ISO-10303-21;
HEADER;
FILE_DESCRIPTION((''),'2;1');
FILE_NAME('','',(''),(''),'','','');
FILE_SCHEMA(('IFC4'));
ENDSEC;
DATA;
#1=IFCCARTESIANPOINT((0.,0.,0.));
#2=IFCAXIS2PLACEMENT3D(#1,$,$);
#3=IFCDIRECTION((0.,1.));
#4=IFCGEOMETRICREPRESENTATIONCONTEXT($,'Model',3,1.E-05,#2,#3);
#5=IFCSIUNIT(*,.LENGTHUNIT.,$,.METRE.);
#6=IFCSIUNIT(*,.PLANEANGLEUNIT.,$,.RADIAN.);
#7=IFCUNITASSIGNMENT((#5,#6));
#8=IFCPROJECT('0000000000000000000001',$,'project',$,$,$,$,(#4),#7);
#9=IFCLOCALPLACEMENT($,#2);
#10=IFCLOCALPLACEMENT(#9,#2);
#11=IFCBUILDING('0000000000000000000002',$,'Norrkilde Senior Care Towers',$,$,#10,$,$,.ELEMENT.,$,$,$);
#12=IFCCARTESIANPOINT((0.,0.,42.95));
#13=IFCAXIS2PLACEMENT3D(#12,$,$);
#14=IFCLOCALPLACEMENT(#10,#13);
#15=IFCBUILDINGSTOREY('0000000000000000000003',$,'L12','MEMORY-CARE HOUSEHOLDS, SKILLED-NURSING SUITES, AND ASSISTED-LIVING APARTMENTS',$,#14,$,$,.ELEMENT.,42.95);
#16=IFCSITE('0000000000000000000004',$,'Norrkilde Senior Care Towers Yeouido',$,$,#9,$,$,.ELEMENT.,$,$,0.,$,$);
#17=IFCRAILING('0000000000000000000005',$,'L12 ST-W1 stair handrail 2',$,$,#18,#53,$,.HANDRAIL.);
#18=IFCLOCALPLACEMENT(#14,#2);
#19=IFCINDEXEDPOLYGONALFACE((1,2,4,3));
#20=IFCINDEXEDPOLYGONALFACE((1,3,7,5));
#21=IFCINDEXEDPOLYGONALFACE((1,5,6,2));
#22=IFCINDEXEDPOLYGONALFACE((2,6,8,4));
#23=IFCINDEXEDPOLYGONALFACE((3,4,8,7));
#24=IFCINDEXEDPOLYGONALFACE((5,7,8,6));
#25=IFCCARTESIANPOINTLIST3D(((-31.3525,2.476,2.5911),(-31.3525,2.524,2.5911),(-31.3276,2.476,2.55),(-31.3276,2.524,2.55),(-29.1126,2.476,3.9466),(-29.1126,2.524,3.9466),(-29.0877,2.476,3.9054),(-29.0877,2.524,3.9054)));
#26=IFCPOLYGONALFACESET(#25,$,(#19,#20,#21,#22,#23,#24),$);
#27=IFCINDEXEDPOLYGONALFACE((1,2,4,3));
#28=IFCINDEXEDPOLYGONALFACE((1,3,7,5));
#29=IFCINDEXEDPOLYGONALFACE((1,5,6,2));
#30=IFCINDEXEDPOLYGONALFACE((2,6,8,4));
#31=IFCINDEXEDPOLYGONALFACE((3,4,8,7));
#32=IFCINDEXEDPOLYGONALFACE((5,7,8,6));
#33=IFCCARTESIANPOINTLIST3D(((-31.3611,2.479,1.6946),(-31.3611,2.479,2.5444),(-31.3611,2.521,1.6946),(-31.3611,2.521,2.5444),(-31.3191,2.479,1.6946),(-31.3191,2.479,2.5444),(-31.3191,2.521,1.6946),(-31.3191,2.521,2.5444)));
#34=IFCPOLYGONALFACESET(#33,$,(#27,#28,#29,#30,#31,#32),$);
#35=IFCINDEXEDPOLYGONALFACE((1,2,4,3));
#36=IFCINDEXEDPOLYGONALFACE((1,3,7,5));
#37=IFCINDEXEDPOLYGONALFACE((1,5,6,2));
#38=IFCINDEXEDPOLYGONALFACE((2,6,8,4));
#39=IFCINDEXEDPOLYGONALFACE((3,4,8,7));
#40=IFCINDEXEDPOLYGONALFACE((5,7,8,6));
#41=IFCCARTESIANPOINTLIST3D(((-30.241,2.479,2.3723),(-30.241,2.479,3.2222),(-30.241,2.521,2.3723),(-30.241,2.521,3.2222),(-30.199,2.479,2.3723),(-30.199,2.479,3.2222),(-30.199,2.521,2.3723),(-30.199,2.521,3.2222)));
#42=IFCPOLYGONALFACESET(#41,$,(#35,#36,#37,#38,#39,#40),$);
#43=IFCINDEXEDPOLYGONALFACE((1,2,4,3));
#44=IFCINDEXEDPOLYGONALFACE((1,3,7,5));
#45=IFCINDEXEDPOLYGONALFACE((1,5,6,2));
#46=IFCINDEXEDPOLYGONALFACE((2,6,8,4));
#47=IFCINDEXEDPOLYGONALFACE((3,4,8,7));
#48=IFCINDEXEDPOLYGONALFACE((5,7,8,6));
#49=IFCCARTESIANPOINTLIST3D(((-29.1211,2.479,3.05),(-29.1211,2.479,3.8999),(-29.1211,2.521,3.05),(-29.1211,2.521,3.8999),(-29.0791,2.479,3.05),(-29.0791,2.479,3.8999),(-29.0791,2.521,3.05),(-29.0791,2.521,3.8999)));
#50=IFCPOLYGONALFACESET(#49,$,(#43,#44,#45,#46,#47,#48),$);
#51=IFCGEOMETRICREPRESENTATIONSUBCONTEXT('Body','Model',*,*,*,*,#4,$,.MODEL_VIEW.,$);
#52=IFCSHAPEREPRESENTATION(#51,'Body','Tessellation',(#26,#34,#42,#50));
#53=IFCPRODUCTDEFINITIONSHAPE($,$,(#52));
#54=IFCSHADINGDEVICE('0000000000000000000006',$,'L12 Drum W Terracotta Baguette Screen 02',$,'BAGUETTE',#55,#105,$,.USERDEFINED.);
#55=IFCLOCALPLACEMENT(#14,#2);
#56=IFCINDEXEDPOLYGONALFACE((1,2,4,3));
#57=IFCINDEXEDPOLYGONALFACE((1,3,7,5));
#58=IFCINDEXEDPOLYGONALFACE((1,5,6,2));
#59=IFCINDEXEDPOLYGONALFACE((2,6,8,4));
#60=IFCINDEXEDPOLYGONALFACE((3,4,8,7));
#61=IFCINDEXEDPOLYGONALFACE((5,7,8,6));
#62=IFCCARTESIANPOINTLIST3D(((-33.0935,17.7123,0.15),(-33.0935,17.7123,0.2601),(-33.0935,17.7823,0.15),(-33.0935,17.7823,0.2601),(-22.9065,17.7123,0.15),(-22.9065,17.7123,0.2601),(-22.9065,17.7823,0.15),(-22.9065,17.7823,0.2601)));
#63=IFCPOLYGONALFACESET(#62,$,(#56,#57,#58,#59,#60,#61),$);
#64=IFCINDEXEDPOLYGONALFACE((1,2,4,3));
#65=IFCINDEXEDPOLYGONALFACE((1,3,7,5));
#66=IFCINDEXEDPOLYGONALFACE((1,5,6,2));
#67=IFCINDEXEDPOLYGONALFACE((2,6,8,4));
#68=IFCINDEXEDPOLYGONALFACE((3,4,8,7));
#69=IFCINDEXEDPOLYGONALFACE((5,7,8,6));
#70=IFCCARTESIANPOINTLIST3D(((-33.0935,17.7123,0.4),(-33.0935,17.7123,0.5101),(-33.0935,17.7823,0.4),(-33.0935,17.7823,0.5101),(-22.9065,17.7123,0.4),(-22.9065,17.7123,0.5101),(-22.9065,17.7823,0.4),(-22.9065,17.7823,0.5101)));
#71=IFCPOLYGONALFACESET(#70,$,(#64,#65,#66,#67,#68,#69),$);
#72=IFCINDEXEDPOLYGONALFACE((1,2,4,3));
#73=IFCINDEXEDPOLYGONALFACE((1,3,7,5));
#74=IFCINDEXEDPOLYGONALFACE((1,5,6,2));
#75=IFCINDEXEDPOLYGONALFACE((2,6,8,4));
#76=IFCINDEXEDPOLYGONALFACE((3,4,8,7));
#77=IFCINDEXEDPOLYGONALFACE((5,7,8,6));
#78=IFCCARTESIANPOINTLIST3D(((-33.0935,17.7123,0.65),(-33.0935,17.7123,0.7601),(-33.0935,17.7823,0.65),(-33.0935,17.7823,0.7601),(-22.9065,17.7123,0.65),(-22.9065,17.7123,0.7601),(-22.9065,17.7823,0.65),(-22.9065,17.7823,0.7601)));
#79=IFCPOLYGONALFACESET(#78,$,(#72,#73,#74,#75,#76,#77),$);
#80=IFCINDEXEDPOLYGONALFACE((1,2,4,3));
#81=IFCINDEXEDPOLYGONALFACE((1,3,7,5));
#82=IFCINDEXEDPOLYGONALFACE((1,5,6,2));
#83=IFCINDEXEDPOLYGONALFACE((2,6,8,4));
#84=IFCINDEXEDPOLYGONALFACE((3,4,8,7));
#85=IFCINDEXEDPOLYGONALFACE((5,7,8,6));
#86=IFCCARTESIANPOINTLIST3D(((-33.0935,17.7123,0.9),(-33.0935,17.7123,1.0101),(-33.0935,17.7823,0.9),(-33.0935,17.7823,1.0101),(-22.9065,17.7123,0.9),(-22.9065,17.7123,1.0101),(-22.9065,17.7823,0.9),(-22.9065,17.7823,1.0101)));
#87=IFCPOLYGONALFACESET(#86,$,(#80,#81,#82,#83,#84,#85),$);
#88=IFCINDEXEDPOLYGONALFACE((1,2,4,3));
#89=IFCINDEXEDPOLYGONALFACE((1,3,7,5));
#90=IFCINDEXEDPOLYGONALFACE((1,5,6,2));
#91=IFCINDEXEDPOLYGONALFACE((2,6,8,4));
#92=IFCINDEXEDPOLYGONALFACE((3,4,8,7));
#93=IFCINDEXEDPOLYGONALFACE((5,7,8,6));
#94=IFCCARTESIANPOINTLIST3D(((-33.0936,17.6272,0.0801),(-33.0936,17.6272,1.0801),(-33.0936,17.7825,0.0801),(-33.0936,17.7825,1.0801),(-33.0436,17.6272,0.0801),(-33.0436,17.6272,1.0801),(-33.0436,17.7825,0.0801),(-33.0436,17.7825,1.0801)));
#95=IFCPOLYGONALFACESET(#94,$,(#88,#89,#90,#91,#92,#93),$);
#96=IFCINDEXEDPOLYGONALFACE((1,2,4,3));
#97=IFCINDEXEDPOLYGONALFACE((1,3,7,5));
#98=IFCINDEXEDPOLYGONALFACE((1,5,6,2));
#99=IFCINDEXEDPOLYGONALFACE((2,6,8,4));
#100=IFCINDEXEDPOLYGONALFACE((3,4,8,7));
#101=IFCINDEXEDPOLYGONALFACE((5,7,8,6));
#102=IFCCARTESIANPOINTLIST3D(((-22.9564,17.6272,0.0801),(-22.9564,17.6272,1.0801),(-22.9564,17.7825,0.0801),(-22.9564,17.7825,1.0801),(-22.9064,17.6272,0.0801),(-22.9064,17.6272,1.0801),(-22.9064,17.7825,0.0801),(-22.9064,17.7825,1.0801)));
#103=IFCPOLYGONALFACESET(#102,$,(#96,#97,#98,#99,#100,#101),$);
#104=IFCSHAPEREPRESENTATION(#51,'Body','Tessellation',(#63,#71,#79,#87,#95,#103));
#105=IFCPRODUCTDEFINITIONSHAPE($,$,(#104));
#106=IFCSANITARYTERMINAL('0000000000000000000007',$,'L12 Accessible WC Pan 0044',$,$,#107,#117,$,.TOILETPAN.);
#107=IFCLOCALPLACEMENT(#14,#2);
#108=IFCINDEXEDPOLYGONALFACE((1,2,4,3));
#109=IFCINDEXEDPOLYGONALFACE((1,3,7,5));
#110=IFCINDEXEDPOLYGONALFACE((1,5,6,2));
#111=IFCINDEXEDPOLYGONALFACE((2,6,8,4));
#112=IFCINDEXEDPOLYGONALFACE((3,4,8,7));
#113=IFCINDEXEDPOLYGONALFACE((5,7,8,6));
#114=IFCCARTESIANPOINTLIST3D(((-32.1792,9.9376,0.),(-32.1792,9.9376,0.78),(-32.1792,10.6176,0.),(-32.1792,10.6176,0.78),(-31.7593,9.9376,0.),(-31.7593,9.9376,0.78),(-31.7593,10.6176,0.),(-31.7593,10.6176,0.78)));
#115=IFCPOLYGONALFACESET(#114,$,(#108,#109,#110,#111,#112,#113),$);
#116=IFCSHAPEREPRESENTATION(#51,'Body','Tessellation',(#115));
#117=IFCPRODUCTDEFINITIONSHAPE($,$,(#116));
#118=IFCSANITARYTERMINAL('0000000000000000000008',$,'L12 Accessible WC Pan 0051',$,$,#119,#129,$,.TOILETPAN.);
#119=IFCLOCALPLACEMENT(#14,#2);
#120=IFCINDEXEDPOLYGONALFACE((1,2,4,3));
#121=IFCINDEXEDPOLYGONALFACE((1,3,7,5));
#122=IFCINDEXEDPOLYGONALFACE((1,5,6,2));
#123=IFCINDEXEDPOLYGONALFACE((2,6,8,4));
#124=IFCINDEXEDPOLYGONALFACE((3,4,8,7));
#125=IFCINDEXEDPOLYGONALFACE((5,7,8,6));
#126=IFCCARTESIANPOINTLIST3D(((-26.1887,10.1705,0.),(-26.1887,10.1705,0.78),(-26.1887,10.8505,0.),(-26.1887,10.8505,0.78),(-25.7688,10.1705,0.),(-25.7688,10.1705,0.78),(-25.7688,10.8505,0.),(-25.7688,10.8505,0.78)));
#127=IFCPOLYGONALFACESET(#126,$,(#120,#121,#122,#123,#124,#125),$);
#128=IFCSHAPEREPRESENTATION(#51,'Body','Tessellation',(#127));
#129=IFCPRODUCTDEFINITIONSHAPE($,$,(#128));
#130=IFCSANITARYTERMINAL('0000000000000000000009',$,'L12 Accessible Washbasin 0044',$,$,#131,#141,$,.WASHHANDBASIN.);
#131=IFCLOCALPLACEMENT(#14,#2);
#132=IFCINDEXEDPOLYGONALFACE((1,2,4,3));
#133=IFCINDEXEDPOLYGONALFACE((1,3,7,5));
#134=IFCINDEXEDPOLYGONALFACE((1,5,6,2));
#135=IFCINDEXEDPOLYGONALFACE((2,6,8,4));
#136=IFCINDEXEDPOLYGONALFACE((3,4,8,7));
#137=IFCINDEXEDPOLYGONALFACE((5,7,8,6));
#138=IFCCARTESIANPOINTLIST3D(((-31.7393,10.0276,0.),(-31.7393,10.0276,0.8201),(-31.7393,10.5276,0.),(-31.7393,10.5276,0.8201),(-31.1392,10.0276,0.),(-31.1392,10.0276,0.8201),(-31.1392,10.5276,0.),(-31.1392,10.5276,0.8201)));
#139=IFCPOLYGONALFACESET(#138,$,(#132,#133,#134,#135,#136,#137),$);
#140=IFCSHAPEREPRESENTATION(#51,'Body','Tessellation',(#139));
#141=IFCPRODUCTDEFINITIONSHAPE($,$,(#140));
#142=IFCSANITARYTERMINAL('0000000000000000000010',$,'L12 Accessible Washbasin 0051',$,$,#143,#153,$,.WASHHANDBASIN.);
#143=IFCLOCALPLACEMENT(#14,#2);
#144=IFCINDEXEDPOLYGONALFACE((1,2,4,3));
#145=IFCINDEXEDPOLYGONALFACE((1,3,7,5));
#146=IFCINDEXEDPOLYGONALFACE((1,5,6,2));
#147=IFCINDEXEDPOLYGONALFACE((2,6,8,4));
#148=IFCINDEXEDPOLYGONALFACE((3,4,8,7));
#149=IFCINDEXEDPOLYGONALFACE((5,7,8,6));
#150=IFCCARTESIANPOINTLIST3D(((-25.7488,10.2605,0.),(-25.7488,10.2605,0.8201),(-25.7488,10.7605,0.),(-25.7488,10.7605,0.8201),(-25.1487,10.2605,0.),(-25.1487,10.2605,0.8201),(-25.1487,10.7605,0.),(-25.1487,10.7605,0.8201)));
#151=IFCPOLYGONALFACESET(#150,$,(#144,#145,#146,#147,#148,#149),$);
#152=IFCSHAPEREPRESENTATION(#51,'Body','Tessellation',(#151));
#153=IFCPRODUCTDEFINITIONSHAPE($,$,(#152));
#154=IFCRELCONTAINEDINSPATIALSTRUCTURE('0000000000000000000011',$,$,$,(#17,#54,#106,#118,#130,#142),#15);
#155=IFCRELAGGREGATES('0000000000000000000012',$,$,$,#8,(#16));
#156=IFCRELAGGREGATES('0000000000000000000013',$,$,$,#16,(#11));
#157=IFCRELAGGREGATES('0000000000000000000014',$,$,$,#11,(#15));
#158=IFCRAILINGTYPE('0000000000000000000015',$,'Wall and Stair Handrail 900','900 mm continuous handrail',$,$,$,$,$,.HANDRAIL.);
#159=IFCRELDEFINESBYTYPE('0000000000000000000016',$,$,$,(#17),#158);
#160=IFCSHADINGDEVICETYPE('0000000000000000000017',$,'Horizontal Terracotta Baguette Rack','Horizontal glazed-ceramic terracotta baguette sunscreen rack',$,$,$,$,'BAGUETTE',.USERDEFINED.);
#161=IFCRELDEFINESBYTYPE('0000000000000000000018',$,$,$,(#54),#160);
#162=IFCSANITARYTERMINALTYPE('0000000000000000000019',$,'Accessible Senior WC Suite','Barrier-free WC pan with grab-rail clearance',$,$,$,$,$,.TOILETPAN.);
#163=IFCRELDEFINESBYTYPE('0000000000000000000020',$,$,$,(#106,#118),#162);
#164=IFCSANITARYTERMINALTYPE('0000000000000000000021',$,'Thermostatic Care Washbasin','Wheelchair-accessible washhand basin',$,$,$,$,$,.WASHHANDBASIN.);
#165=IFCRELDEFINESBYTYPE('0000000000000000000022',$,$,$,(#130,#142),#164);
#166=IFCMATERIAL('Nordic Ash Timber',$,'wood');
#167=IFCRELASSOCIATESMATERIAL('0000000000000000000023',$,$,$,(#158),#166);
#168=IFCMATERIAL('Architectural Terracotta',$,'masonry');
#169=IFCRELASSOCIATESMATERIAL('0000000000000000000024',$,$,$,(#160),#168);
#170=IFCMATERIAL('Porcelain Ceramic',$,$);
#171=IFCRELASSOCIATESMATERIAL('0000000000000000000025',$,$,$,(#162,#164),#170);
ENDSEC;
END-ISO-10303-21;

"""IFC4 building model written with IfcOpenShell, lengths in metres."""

from ifc_helpers import new_model, si_unit, direction, frame, origin, origin_2d, place, context, subcontext, project, spatial, rectangle, extrude, source, transform, mapped, material, type_object, type_shapes, element, save


model = new_model("IFC4")

# Units and contexts
model_context = context("Model", 3, precision=1e-05, world=origin(), true_north=direction((0.0, 1.0)))
body_context = subcontext(model_context, "Body", "Model", "MODEL_VIEW")
ifc_project = project(units=[si_unit("LENGTHUNIT", "METRE"), si_unit("PLANEANGLEUNIT", "RADIAN")], contexts=[model_context])

# Site, building, storey
site_placement = place(None, origin())
site = spatial("IfcSite", under=ifc_project, at=site_placement, Name="Norrkilde Senior Care Towers Yeouido", CompositionType="ELEMENT", RefElevation=0.0)
building_placement = place(site_placement, origin())
building = spatial("IfcBuilding", under=site, at=building_placement, Name="Norrkilde Senior Care Towers", CompositionType="ELEMENT")
storey_placement = place(building_placement, frame((0.0, 0.0, 42.95)))
storey = spatial("IfcBuildingStorey", under=building, at=storey_placement, Name="L12", Description="MEMORY-CARE HOUSEHOLDS, SKILLED-NURSING SUITES, AND ASSISTED-LIVING APARTMENTS", CompositionType="ELEMENT", Elevation=42.95)

# Shared definitions
ifc_material_1 = material(Name="Nordic Ash Timber", Category="wood")

# Railing
railing_type_1 = type_object("IfcRailingType", Name="Wall and Stair Handrail 900", Description="900 mm continuous handrail", PredefinedType="HANDRAIL", material=ifc_material_1)
railing_1_placement = place(storey_placement, frame((-31.3401, 2.5, 1.6946)))
element("IfcRailing", 1, at=railing_1_placement, inside=storey, type_object=railing_type_1, Name="L12 ST-W1 stair handrail 2", PredefinedType="HANDRAIL", context=body_context, shape_type="SweptSolid", body=[
    extrude(rectangle(XDim=0.0481, YDim=0.0481, at=origin_2d()), frame((0.0, 0.0, 0.876), z_axis=(0.855553, 0.0, 0.517715), x_axis=(0.0, 1.0, 0.0)), (0.0, 0.0, 1.0), 2.6182),
    extrude(rectangle(XDim=0.042, YDim=0.042, at=origin_2d()), origin(), (0.0, 0.0, 1.0), 0.8499),
    extrude(rectangle(XDim=0.042, YDim=0.042, at=origin_2d()), frame((1.1201, 0.0, 0.6777)), (0.0, 0.0, 1.0), 0.8499),
    extrude(rectangle(XDim=0.042, YDim=0.042, at=origin_2d()), frame((2.24, 0.0, 1.3555)), (0.0, 0.0, 1.0), 0.8499),
])

# Shading device
ifc_material_2 = material(Name="Architectural Terracotta", Category="masonry")
shading_device_type = type_object("IfcShadingDeviceType", Name="Horizontal Terracotta Baguette Rack", Description="Horizontal glazed-ceramic terracotta baguette sunscreen rack", ElementType="BAGUETTE", PredefinedType="USERDEFINED", material=ifc_material_2)
shared_shape_1 = source(origin(), body_context, "Body", "SweptSolid", [
    extrude(rectangle(XDim=0.0701, YDim=0.1101, at=origin_2d()), frame((0.0, 0.0901, 0.125), z_axis=(1.0, 0.0, 0.0), x_axis=(0.0, 1.0, 0.0)), (0.0, 0.0, 1.0), 10.187),
    extrude(rectangle(XDim=0.0701, YDim=0.1101, at=origin_2d()), frame((0.0, 0.0901, 0.375), z_axis=(1.0, 0.0, 0.0), x_axis=(0.0, 1.0, 0.0)), (0.0, 0.0, 1.0), 10.187),
    extrude(rectangle(XDim=0.0701, YDim=0.1101, at=origin_2d()), frame((0.0, 0.0901, 0.625), z_axis=(1.0, 0.0, 0.0), x_axis=(0.0, 1.0, 0.0)), (0.0, 0.0, 1.0), 10.187),
    extrude(rectangle(XDim=0.0701, YDim=0.1101, at=origin_2d()), frame((0.0, 0.0901, 0.875), z_axis=(1.0, 0.0, 0.0), x_axis=(0.0, 1.0, 0.0)), (0.0, 0.0, 1.0), 10.187),
    extrude(rectangle(XDim=0.05, YDim=0.1553, at=origin_2d()), frame((0.0249, 0.0476, 0.0)), (0.0, 0.0, 1.0), 1.0),
    extrude(rectangle(XDim=0.05, YDim=0.1553, at=origin_2d()), frame((10.1621, 0.0476, 0.0)), (0.0, 0.0, 1.0), 1.0),
])
type_shapes(shading_device_type, [shared_shape_1])
shading_device_placement = place(storey_placement, frame((-33.0935, 17.6572, 0.0801), z_axis=(0.0, 0.0, 1.0), x_axis=(1.0, 0.0, 0.0)))
element("IfcShadingDevice", 2, at=shading_device_placement, inside=storey, type_object=shading_device_type, Name="L12 Drum W Terracotta Baguette Screen 02", ObjectType="BAGUETTE", PredefinedType="USERDEFINED", context=body_context, shape_type="MappedRepresentation", body=[
    mapped(shared_shape_1, transform((0.0, 0.0, 0.0), x_axis=(1.0, 0.0, 0.0), y_axis=(0.0, 1.0, 0.0), z_axis=(0.0, 0.0, 1.0), scale=1.0)),
])

# Sanitary terminals
ifc_material_3 = material(Name="Porcelain Ceramic")
sanitary_terminal_type_1 = type_object("IfcSanitaryTerminalType", Name="Accessible Senior WC Suite", Description="Barrier-free WC pan with grab-rail clearance", PredefinedType="TOILETPAN", material=ifc_material_3)
shared_shape_2 = source(origin(), body_context, "Body", "SweptSolid", [
    extrude(rectangle(XDim=0.4199, YDim=0.6799, at=origin_2d()), origin(), (0.0, 0.0, 1.0), 0.78),
])
type_shapes(sanitary_terminal_type_1, [shared_shape_2])
for number, where, z_axis, x_axis, name in (
    (3, (-31.9692, 10.2776, 0.0), (0.0, 0.0, 1.0), (1.0, 0.0, 0.0), "L12 Accessible WC Pan 0044"),
    (4, (-25.9788, 10.5105, 0.0), (0.0, 0.0, 1.0), (1.0, 0.0, 0.0), "L12 Accessible WC Pan 0051"),
):
    element("IfcSanitaryTerminal", number, at=place(storey_placement, frame(where, z_axis=z_axis, x_axis=x_axis)), inside=storey, type_object=sanitary_terminal_type_1, Name=name, PredefinedType="TOILETPAN", context=body_context, shape_type="MappedRepresentation", body=[
        mapped(shared_shape_2, transform((0.0, 0.0, 0.0), x_axis=(1.0, 0.0, 0.0), y_axis=(0.0, 1.0, 0.0), z_axis=(0.0, 0.0, 1.0), scale=1.0)),
    ])
sanitary_terminal_type_2 = type_object("IfcSanitaryTerminalType", Name="Thermostatic Care Washbasin", Description="Wheelchair-accessible washhand basin", PredefinedType="WASHHANDBASIN", material=ifc_material_3)
shared_shape_3 = source(origin(), body_context, "Body", "SweptSolid", [
    extrude(rectangle(XDim=0.6001, YDim=0.5, at=origin_2d()), origin(), (0.0, 0.0, 1.0), 0.8201),
])
type_shapes(sanitary_terminal_type_2, [shared_shape_3])
for number, where, z_axis, x_axis, name in (
    (5, (-31.4392, 10.2776, 0.0), (0.0, 0.0, 1.0), (1.0, 0.0, 0.0), "L12 Accessible Washbasin 0044"),
    (6, (-25.4487, 10.5105, 0.0), (0.0, 0.0, 1.0), (1.0, 0.0, 0.0), "L12 Accessible Washbasin 0051"),
):
    element("IfcSanitaryTerminal", number, at=place(storey_placement, frame(where, z_axis=z_axis, x_axis=x_axis)), inside=storey, type_object=sanitary_terminal_type_2, Name=name, PredefinedType="WASHHANDBASIN", context=body_context, shape_type="MappedRepresentation", body=[
        mapped(shared_shape_3, transform((0.0, 0.0, 0.0), x_axis=(1.0, 0.0, 0.0), y_axis=(0.0, 1.0, 0.0), z_axis=(0.0, 0.0, 1.0), scale=1.0)),
    ])

save(model, "model.ifc")
